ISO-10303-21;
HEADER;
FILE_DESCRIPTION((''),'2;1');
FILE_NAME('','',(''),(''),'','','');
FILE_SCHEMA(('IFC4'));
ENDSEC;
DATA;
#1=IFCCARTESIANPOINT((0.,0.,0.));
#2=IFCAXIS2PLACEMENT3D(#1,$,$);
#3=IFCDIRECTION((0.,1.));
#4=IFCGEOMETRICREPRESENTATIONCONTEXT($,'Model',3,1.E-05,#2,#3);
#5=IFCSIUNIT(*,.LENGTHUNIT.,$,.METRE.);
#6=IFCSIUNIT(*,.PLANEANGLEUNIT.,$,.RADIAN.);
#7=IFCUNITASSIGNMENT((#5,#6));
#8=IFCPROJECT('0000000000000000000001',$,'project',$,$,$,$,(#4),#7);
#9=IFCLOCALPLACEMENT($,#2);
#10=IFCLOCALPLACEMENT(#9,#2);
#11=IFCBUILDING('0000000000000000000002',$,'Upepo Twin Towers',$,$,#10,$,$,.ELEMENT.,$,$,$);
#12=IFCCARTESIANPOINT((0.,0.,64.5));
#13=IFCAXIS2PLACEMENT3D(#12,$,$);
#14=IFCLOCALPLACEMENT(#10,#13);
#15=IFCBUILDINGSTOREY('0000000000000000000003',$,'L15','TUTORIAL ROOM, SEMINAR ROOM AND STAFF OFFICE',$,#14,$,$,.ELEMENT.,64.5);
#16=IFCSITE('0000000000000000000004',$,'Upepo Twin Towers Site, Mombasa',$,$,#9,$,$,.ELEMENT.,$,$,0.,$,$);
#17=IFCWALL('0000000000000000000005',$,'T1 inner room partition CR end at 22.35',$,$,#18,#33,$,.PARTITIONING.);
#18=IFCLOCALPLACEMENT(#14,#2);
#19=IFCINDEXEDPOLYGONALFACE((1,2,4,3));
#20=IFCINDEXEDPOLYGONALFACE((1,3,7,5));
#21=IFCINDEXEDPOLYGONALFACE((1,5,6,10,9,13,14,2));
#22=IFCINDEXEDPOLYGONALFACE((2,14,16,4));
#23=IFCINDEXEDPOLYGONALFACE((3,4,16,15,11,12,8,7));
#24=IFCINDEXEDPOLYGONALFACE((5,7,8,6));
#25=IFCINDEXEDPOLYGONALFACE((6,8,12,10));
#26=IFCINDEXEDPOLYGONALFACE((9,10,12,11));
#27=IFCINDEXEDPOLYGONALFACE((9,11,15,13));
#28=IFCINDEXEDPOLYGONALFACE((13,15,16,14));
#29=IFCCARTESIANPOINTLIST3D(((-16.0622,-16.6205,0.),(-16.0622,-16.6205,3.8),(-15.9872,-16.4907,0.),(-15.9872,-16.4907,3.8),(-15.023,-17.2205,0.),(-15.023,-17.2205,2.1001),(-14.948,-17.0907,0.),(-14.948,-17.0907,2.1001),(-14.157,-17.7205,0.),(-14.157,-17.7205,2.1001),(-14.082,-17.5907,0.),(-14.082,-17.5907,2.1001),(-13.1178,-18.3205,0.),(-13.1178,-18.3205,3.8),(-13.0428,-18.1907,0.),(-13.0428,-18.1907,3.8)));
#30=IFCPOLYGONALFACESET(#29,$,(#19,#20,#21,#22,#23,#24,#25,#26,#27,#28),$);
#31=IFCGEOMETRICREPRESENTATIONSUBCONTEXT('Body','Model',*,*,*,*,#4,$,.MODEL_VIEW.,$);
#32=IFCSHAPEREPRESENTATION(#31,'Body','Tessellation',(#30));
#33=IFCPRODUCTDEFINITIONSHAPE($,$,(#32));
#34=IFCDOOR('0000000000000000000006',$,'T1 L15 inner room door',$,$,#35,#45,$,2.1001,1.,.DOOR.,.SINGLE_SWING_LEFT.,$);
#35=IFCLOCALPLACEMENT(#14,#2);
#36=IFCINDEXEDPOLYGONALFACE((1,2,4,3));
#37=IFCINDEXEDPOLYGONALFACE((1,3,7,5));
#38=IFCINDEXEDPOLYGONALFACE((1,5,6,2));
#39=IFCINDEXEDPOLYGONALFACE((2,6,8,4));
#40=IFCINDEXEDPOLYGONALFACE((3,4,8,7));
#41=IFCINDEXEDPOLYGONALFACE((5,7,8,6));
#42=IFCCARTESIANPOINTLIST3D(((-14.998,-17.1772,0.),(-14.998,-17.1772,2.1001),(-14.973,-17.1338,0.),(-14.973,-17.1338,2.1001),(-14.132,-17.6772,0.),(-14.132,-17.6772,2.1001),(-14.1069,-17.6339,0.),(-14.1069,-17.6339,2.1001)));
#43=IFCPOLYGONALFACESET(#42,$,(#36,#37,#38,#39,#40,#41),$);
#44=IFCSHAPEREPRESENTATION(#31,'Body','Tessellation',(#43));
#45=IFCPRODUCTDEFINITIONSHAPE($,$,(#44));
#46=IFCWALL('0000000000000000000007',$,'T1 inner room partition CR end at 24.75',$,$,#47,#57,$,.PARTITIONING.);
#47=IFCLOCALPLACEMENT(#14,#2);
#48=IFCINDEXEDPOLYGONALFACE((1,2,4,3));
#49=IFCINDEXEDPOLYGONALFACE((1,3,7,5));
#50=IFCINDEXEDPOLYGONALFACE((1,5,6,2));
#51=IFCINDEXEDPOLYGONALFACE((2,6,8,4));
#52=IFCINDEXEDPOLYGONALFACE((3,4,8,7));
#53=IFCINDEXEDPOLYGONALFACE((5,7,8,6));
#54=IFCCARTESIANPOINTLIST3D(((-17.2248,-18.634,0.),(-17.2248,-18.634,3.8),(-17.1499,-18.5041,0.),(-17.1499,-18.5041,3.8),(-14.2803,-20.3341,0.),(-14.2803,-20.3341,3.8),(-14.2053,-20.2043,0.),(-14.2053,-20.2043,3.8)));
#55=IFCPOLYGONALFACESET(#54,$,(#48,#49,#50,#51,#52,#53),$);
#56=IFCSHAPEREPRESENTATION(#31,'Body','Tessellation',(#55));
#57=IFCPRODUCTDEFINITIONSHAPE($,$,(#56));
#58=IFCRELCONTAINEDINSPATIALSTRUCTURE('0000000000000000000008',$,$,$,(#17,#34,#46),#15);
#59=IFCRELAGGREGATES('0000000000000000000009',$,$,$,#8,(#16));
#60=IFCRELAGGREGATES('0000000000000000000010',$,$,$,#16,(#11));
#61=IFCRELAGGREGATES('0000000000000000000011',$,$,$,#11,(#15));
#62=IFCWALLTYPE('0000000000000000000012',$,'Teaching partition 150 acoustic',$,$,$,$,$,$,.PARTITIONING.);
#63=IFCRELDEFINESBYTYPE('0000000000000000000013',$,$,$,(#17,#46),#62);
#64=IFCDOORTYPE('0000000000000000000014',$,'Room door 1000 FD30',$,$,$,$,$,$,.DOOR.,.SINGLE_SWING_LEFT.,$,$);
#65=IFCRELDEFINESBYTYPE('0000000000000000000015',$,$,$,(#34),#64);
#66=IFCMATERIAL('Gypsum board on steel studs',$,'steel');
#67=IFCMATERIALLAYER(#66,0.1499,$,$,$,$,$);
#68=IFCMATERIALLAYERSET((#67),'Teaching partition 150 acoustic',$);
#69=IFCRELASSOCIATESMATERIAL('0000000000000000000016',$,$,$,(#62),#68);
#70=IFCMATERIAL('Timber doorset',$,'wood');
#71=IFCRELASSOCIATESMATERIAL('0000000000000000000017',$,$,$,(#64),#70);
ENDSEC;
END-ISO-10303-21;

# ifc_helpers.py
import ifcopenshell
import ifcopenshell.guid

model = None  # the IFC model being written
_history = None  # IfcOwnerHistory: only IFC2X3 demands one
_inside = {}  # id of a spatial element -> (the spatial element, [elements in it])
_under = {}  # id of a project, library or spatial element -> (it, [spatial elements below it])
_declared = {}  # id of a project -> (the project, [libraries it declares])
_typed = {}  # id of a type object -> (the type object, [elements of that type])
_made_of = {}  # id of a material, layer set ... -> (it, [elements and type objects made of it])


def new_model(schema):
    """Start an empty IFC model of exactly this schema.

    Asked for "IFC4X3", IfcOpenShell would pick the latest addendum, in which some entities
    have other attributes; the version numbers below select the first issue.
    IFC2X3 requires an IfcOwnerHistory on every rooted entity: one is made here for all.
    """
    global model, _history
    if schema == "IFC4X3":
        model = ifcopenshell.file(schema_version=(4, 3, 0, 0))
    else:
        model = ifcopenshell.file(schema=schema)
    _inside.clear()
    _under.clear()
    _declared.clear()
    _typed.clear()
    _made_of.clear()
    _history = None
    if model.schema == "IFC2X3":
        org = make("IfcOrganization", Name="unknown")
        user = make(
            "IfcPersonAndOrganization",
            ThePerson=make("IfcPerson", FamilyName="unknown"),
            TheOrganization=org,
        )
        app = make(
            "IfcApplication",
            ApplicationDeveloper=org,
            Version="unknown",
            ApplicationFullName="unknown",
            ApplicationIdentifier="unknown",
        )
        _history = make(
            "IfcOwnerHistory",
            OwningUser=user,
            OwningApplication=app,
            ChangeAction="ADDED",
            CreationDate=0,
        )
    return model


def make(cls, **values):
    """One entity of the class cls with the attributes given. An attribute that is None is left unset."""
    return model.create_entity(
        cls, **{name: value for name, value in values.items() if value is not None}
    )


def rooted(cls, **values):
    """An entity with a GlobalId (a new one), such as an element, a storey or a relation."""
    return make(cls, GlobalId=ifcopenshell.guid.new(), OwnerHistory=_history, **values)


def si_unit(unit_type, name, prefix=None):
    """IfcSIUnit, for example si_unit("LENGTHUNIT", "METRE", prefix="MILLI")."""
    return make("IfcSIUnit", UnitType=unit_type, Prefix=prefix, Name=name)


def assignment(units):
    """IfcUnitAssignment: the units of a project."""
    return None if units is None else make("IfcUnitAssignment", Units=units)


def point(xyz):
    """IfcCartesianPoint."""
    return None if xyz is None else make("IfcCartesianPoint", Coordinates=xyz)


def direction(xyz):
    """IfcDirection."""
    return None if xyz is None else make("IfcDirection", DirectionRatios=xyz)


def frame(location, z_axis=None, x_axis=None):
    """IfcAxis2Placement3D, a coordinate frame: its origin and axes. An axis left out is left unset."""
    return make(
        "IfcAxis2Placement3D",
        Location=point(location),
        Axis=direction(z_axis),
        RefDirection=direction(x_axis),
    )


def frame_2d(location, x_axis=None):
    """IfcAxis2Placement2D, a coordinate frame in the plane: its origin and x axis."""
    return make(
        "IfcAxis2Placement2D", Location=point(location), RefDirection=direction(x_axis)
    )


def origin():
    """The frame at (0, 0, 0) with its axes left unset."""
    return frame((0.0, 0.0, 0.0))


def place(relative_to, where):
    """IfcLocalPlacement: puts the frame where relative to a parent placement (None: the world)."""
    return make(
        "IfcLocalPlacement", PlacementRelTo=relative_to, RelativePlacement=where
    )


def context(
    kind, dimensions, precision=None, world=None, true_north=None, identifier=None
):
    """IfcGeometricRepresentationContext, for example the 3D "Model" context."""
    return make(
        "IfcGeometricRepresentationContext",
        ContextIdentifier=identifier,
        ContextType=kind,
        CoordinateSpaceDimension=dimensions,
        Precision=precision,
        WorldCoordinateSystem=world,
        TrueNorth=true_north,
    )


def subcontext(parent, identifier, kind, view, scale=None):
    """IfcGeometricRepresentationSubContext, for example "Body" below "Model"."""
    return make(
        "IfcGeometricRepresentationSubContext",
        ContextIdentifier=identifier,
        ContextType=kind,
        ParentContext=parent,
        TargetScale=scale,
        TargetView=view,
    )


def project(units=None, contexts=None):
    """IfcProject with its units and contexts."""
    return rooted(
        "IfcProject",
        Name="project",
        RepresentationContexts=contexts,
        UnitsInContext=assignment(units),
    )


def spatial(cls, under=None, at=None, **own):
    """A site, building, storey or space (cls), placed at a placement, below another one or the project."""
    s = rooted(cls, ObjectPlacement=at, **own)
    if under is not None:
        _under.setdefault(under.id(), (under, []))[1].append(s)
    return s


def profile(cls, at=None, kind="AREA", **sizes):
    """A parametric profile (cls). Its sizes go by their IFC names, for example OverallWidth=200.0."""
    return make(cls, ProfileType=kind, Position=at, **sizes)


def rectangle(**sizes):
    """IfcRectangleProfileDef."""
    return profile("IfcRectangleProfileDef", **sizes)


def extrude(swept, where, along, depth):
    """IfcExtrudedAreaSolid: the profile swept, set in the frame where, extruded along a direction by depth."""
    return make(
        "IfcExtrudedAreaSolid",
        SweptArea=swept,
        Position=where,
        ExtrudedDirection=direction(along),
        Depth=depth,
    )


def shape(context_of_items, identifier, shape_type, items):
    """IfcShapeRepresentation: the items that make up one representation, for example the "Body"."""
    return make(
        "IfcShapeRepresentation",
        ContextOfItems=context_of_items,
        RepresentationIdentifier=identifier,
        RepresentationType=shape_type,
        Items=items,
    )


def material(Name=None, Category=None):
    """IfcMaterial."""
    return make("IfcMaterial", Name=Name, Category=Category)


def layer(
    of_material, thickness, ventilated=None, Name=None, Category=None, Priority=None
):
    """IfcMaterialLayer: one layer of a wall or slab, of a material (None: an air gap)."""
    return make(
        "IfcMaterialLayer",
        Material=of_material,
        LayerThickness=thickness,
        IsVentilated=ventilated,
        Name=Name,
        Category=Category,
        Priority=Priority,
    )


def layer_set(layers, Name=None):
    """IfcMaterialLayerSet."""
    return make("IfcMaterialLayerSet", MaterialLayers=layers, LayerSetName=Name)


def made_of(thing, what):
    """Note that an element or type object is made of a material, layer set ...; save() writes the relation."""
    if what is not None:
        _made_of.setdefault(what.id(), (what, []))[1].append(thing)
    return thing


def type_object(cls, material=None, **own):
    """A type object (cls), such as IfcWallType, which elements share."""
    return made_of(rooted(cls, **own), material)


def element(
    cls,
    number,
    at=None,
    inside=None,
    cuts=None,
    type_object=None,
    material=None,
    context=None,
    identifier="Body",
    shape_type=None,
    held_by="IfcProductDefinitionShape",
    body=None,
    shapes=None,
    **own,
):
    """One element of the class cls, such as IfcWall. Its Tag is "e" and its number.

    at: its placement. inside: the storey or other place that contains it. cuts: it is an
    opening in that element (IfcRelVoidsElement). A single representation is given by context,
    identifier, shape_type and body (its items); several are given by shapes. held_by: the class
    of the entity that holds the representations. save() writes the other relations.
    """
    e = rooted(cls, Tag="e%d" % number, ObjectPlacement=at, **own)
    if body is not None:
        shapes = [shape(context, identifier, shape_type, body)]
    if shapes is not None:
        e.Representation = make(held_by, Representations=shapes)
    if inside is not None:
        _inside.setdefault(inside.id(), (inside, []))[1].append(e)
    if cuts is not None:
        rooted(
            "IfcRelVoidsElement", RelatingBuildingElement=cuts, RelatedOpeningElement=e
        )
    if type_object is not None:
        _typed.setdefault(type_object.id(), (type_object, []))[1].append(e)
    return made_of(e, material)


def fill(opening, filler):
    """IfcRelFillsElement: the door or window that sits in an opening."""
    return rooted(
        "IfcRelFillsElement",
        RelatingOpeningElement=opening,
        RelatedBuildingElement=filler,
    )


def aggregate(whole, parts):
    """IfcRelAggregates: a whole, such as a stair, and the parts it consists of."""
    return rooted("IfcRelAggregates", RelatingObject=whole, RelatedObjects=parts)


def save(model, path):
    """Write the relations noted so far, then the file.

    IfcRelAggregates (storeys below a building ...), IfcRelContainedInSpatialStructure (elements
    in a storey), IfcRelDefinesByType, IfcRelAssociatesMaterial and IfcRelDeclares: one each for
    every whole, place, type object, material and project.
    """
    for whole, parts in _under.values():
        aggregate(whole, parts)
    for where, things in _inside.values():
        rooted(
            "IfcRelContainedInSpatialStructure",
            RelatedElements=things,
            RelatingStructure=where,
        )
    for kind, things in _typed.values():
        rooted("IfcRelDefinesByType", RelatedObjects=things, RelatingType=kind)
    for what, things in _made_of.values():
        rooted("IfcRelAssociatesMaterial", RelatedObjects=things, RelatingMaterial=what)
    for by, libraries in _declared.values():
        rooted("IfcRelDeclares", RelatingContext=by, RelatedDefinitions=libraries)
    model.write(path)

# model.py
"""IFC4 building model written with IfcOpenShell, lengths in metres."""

from ifc_helpers import new_model, si_unit, direction, frame, frame_2d, origin, place, context, subcontext, project, spatial, rectangle, extrude, material, layer, layer_set, type_object, element, fill, save


model = new_model("IFC4")

# Units and contexts
model_context = context("Model", 3, precision=1e-05, world=origin(), true_north=direction((0.0, 1.0)))
body_context = subcontext(model_context, "Body", "Model", "MODEL_VIEW")
ifc_project = project(units=[si_unit("LENGTHUNIT", "METRE"), si_unit("PLANEANGLEUNIT", "RADIAN")], contexts=[model_context])

# Site, building, storey
site_placement = place(None, origin())
site = spatial("IfcSite", under=ifc_project, at=site_placement, Name="Upepo Twin Towers Site, Mombasa", CompositionType="ELEMENT", RefElevation=0.0)
building_placement = place(site_placement, origin())
building = spatial("IfcBuilding", under=site, at=building_placement, Name="Upepo Twin Towers", CompositionType="ELEMENT")
storey_placement = place(building_placement, frame((0.0, 0.0, 64.5)))
storey = spatial("IfcBuildingStorey", under=building, at=storey_placement, Name="L15", Description="TUTORIAL ROOM, SEMINAR ROOM AND STAFF OFFICE", CompositionType="ELEMENT", Elevation=64.5)

# Shared definitions
ifc_material_1 = material(Name="Gypsum board on steel studs", Category="steel")
ifc_layer_1 = layer(ifc_material_1, 0.1499)
ifc_layer_set_1 = layer_set([ifc_layer_1], Name="Teaching partition 150 acoustic")
wall_type_1 = type_object("IfcWallType", Name="Teaching partition 150 acoustic", PredefinedType="PARTITIONING", material=ifc_layer_set_1)

# Wall, opening, door
wall_1_placement = place(storey_placement, frame((-13.0803, -18.2556, 0.0), z_axis=(0.0, 0.0, 1.0), x_axis=(-0.866021, 0.500008, 0.0)))
wall_1 = element("IfcWall", 1, at=wall_1_placement, inside=storey, type_object=wall_type_1, Name="T1 inner room partition CR end at 22.35", PredefinedType="PARTITIONING", context=body_context, shape_type="SweptSolid", body=[
    extrude(rectangle(XDim=3.3999, YDim=0.1499, at=frame_2d((1.7, 0.0))), origin(), (0.0, 0.0, 1.0), 3.8),
])
opening_placement = place(wall_1_placement, frame((1.2, 0.0, 0.0)))
opening = element("IfcOpeningElement", 2, at=opening_placement, cuts=wall_1, PredefinedType="OPENING", context=body_context, shape_type="SweptSolid", body=[
    extrude(rectangle(XDim=1.0, YDim=2.1001, at=frame_2d((0.5, 1.05))), frame((0.0, 0.085, 0.0), z_axis=(0.0, -1.0, 0.0), x_axis=(1.0, 0.0, 0.0)), (0.0, 0.0, 1.0), 0.1699),
])
ifc_material_2 = material(Name="Timber doorset", Category="wood")
door_type = type_object("IfcDoorType", Name="Room door 1000 FD30", OperationType="SINGLE_SWING_LEFT", PredefinedType="DOOR", material=ifc_material_2)
door_placement = place(opening_placement, origin())
door = element("IfcDoor", 3, at=door_placement, inside=storey, type_object=door_type, Name="T1 L15 inner room door", OperationType="SINGLE_SWING_LEFT", OverallHeight=2.1001, OverallWidth=1.0, PredefinedType="DOOR", context=body_context, shape_type="SweptSolid", body=[
    extrude(rectangle(XDim=1.0, YDim=2.1001, at=frame_2d((0.5, 1.05))), frame((0.0, 0.0249, 0.0), z_axis=(0.0, -1.0, 0.0), x_axis=(1.0, 0.0, 0.0)), (0.0, 0.0, 1.0), 0.05),
])
fill(opening, door)

# Wall
wall_2_placement = place(storey_placement, frame((-14.2427, -20.2693, 0.0), z_axis=(0.0, 0.0, 1.0), x_axis=(-0.866007, 0.500031, 0.0)))
element("IfcWall", 4, at=wall_2_placement, inside=storey, type_object=wall_type_1, Name="T1 inner room partition CR end at 24.75", PredefinedType="PARTITIONING", context=body_context, shape_type="SweptSolid", body=[
    extrude(rectangle(XDim=3.4001, YDim=0.1499, at=frame_2d((1.7002, 0.0))), origin(), (0.0, 0.0, 1.0), 3.8),
])

save(model, "model.ifc")
